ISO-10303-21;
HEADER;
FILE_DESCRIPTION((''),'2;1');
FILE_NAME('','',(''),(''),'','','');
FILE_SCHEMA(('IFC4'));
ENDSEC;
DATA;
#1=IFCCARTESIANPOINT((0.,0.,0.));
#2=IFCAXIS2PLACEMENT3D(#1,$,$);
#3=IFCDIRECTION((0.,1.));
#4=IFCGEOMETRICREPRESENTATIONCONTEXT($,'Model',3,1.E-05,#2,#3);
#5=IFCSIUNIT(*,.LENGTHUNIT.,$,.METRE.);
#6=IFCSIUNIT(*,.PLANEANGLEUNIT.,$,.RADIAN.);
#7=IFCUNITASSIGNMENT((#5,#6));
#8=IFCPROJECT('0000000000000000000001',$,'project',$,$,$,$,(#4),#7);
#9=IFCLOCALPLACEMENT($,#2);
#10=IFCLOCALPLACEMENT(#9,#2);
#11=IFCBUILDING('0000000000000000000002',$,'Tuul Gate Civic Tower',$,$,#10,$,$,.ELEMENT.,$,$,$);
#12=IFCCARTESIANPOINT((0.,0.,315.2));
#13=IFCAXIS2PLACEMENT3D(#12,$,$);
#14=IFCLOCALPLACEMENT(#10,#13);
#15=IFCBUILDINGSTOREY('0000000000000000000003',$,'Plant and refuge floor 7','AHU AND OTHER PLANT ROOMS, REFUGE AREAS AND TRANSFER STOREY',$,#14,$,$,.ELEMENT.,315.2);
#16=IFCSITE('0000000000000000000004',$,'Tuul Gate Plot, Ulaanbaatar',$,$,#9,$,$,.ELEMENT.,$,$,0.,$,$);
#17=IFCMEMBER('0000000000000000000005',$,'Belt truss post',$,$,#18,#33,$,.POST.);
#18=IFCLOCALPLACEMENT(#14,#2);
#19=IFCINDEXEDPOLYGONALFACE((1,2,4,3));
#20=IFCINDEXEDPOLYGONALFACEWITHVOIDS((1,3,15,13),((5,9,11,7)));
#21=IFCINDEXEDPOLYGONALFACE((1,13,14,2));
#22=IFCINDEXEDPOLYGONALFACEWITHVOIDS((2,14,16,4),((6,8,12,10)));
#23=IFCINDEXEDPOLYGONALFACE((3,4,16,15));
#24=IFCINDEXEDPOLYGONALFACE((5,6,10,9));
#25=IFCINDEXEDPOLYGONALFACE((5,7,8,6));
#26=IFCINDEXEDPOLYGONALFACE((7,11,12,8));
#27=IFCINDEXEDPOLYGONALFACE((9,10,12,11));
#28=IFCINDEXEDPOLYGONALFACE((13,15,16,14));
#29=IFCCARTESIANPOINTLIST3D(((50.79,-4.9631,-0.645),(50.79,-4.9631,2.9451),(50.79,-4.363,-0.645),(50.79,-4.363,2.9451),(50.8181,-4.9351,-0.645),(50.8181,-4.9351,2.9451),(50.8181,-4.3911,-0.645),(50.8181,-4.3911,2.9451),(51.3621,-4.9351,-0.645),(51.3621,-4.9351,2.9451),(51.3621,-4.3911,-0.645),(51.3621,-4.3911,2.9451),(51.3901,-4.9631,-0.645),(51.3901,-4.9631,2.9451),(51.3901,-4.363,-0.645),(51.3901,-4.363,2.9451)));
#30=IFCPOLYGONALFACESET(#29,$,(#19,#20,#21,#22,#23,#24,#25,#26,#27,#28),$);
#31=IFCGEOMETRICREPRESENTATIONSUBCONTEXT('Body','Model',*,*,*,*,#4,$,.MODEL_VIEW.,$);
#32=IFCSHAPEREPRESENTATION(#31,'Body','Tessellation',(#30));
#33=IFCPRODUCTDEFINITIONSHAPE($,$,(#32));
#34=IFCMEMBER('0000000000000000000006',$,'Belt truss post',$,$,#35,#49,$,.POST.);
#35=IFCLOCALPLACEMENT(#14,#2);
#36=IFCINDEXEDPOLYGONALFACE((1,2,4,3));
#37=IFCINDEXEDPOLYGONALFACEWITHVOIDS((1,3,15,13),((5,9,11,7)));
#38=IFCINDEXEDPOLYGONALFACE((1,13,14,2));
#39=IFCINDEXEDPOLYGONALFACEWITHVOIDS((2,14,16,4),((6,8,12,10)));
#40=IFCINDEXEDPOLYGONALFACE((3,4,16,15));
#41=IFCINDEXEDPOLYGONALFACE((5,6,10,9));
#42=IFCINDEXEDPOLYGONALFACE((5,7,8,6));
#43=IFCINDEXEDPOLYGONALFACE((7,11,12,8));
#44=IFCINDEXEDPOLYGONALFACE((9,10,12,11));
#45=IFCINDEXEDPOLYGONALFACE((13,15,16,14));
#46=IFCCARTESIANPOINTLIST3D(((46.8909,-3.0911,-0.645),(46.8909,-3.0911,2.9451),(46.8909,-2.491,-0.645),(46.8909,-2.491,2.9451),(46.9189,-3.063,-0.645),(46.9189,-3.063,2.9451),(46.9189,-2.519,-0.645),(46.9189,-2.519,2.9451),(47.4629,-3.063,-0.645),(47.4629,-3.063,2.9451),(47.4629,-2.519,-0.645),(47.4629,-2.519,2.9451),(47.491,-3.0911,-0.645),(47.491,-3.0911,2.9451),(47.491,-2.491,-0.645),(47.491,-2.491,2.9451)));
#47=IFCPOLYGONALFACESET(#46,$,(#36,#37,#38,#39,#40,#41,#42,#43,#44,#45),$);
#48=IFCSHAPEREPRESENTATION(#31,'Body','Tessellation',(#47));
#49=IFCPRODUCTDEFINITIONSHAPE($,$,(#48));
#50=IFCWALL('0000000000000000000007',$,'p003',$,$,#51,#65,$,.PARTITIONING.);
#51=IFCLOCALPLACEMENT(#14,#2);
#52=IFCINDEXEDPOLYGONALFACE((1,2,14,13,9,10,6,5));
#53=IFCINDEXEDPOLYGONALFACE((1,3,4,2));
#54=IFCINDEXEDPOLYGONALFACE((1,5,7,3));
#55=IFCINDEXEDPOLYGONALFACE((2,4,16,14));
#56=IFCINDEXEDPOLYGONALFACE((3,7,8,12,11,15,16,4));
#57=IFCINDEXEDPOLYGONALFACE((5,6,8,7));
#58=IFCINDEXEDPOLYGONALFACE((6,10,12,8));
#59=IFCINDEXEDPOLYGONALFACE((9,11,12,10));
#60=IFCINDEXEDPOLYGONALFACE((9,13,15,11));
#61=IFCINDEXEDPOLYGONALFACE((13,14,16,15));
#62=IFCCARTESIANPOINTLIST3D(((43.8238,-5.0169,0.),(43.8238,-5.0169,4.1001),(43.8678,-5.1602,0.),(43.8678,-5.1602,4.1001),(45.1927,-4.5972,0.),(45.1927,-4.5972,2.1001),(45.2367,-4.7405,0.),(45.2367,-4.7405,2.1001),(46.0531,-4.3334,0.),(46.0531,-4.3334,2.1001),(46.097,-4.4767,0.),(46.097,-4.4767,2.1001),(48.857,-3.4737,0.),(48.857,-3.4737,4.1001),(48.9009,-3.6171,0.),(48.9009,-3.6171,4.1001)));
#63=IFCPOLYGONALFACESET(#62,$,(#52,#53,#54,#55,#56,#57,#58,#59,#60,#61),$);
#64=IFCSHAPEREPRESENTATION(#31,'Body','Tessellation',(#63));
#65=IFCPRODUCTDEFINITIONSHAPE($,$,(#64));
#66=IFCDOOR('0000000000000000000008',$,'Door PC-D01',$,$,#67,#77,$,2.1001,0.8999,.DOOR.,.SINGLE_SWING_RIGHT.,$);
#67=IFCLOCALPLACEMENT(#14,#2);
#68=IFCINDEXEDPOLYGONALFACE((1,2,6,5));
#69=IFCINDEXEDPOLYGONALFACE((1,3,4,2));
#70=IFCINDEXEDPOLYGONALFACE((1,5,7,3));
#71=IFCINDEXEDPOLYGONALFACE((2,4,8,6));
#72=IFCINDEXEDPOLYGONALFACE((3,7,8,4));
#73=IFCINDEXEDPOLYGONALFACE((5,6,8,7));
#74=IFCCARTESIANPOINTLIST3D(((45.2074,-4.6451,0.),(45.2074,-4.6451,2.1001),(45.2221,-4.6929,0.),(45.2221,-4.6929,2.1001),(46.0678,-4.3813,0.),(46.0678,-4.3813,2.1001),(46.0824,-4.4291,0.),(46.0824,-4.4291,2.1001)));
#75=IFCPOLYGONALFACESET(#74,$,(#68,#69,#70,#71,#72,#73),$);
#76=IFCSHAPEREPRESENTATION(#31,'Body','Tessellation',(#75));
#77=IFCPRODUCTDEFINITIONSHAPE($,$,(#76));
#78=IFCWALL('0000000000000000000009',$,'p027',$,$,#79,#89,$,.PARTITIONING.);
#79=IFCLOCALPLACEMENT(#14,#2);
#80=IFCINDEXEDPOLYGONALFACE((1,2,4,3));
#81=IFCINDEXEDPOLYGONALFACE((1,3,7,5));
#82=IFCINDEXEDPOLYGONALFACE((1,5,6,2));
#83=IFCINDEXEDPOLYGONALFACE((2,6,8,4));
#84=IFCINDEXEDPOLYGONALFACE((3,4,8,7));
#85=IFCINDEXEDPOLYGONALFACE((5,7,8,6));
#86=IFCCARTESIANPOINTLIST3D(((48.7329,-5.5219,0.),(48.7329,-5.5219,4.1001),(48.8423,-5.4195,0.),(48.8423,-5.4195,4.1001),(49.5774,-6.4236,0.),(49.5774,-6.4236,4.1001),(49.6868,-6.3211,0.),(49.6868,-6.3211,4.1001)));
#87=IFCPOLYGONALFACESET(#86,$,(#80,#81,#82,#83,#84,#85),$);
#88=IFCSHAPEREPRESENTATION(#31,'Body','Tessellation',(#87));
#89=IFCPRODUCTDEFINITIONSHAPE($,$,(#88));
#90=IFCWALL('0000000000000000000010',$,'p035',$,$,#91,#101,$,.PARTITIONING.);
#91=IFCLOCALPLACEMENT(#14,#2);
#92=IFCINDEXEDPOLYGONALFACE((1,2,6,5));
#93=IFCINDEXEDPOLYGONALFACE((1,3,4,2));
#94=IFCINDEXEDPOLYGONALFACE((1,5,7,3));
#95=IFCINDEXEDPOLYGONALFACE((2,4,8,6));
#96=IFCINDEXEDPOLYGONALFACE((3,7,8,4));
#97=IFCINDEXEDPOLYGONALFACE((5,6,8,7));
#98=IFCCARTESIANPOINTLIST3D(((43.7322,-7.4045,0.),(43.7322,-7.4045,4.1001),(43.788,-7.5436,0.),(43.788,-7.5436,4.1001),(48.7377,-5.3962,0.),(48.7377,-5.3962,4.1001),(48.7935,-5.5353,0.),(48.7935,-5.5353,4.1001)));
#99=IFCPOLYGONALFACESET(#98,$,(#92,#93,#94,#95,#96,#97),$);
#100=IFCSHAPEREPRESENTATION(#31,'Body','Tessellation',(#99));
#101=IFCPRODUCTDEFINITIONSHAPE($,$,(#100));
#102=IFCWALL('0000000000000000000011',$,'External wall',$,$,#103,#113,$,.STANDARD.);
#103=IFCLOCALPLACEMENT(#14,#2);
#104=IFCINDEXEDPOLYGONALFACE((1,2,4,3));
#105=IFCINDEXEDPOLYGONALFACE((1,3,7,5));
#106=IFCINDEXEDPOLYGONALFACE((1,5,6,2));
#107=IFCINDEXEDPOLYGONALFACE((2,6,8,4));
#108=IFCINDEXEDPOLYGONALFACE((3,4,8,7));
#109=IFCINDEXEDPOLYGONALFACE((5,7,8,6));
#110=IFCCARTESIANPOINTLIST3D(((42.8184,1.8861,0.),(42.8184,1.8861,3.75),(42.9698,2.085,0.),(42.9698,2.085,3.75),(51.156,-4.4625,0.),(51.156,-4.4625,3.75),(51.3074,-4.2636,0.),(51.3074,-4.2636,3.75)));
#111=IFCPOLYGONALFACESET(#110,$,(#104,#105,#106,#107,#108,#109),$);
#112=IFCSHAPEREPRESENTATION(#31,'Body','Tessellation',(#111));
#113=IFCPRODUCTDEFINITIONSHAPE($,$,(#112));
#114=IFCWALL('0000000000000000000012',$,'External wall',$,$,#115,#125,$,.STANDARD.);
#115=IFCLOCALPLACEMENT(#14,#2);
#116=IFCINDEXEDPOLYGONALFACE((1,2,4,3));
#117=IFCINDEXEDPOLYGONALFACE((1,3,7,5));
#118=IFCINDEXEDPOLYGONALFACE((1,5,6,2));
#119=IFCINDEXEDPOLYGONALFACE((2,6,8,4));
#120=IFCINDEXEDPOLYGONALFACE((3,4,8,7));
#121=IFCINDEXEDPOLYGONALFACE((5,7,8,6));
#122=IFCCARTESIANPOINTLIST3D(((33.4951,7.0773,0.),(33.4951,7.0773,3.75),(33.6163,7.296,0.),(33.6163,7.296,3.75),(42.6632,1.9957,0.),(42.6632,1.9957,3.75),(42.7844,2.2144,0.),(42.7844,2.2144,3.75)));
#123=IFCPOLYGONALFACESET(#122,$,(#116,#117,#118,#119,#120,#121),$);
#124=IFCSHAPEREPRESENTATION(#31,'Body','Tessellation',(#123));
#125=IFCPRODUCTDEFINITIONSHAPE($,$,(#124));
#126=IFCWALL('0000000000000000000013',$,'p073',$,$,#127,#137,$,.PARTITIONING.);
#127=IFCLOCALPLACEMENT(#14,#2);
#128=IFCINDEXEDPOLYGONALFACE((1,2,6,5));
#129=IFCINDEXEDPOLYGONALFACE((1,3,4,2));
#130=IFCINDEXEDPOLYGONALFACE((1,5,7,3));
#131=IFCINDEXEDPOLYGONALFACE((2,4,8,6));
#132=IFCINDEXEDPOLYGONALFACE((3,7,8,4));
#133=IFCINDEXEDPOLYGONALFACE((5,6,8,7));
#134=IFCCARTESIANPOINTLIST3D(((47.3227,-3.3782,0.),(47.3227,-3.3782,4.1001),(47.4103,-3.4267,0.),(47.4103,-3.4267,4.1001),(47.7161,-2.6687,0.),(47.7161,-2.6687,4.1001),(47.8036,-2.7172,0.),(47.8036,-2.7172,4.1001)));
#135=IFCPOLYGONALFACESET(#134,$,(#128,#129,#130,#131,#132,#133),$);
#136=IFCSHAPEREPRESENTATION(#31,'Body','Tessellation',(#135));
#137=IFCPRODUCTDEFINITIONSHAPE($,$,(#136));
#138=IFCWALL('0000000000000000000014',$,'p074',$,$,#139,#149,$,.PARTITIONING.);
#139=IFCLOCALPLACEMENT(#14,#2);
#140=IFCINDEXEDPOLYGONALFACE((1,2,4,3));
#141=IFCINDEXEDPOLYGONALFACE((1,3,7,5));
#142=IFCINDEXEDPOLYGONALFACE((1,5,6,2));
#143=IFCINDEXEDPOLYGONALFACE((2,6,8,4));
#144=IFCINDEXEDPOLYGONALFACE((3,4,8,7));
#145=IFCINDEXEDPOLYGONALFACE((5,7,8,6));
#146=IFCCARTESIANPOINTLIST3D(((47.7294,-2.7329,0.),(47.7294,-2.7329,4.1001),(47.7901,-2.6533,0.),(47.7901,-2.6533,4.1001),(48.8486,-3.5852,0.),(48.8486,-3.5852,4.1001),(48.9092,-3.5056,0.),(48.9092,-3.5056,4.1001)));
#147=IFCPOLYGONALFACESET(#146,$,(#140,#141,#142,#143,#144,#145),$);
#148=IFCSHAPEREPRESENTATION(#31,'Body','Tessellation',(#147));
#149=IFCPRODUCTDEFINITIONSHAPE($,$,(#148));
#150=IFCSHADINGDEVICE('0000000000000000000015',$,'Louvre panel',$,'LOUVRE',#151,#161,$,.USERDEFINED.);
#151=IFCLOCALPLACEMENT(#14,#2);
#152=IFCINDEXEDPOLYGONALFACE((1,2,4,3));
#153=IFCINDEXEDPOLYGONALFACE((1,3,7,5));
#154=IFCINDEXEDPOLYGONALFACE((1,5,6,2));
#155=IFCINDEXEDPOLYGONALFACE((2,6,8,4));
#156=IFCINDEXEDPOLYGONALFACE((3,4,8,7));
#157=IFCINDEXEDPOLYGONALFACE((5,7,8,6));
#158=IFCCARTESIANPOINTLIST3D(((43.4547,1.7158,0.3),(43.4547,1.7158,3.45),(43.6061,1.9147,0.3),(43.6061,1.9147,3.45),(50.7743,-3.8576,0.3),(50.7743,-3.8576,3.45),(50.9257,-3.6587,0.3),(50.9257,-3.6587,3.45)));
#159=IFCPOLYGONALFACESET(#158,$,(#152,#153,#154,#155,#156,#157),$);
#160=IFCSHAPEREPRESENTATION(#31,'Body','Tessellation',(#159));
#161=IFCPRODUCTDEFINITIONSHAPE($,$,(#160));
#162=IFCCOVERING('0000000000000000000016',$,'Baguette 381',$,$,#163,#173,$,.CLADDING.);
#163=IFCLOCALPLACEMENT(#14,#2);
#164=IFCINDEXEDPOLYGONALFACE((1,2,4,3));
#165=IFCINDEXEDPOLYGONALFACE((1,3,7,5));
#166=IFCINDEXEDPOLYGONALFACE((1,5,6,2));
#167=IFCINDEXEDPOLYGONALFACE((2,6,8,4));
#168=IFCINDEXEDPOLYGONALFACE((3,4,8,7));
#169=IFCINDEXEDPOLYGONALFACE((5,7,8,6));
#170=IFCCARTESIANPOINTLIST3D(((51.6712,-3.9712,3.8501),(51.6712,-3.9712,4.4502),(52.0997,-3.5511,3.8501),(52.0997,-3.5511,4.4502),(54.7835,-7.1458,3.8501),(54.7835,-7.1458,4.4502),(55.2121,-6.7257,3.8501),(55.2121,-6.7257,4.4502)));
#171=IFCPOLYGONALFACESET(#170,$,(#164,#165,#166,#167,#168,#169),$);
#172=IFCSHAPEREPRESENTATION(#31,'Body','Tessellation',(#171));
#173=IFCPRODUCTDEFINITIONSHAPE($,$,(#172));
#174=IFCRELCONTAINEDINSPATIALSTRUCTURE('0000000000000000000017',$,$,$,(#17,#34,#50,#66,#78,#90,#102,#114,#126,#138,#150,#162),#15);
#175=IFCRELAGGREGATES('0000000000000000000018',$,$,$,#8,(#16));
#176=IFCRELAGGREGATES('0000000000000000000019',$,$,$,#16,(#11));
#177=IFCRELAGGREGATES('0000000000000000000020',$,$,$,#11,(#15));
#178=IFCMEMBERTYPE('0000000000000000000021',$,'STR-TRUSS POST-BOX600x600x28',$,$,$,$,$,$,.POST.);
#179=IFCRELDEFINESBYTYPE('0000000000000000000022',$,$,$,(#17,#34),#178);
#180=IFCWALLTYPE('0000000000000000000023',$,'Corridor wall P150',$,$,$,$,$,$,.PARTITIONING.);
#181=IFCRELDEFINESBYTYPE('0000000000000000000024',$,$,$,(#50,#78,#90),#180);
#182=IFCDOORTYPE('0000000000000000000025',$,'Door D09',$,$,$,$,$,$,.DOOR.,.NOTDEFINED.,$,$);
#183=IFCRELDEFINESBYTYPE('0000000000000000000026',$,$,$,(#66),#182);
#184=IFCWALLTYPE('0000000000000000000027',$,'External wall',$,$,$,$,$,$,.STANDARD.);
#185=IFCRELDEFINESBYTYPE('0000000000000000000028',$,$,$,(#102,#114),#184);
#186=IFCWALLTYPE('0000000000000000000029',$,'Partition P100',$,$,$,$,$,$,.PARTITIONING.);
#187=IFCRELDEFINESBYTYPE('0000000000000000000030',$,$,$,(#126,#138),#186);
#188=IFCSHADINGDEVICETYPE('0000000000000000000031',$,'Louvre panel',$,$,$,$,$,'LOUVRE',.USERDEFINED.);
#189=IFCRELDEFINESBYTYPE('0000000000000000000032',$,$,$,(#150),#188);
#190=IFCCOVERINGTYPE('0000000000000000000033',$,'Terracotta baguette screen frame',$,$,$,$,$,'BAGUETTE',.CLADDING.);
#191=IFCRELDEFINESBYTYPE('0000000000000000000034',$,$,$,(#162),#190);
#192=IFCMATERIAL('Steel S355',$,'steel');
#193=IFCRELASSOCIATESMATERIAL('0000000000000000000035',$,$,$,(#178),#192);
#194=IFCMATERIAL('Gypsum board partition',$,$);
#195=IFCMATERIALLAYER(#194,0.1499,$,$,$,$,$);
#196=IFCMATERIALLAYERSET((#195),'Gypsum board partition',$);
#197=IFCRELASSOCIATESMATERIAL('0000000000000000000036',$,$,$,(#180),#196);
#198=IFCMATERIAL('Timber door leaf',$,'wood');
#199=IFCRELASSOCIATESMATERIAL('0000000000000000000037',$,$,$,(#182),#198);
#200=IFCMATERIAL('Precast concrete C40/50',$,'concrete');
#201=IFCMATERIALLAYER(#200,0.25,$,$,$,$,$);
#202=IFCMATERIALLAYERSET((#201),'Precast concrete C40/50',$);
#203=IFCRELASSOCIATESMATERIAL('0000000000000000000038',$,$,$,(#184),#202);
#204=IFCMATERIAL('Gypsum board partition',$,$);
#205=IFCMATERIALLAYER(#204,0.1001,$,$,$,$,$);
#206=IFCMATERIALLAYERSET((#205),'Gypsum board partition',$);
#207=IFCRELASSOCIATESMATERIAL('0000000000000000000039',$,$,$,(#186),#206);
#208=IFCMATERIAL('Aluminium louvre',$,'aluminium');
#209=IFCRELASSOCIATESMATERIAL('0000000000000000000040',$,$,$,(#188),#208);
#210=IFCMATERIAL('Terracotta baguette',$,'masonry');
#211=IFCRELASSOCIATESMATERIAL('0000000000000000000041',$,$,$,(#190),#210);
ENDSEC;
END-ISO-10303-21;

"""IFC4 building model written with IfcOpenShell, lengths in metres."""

from ifc_helpers import new_model, si_unit, direction, frame, frame_2d, origin, origin_2d, place, context, subcontext, project, spatial, rectangle, hollow_rectangle, extrude, material, layer, layer_set, material_profile, profile_set, type_object, element, fill, save


model = new_model("IFC4")

# Units and contexts
model_context = context("Model", 3, precision=1e-05, world=origin(), true_north=direction((0.0, 1.0)))
body_context = subcontext(model_context, "Body", "Model", "MODEL_VIEW")
ifc_project = project(units=[si_unit("LENGTHUNIT", "METRE"), si_unit("PLANEANGLEUNIT", "RADIAN")], contexts=[model_context])

# Site, building, storey
site_placement = place(None, origin())
site = spatial("IfcSite", under=ifc_project, at=site_placement, Name="Tuul Gate Plot, Ulaanbaatar", CompositionType="ELEMENT", RefElevation=0.0)
building_placement = place(site_placement, origin())
building = spatial("IfcBuilding", under=site, at=building_placement, Name="Tuul Gate Civic Tower", CompositionType="ELEMENT")
storey_placement = place(building_placement, frame((0.0, 0.0, 315.2)))
storey = spatial("IfcBuildingStorey", under=building, at=storey_placement, Name="Plant and refuge floor 7", Description="AHU AND OTHER PLANT ROOMS, REFUGE AREAS AND TRANSFER STOREY", CompositionType="ELEMENT", Elevation=315.2)

# Members
ifc_material_1 = material(Name="Steel S355", Category="steel")
ifc_material_profile_1 = material_profile(ifc_material_1, hollow_rectangle(XDim=0.6001, YDim=0.6001, WallThickness=0.0281, at=origin_2d()), Name="BOX600x600x28")
ifc_profile_set_1 = profile_set([ifc_material_profile_1], Name="Steel S355")
member_type_1 = type_object("IfcMemberType", Name="STR-TRUSS POST-BOX600x600x28", PredefinedType="POST", material=ifc_profile_set_1)
for number, where, z_axis, x_axis, name in (
    (1, (51.0901, -4.6631, -0.645), (0.0, 0.0, 1.0), (1.0, 0.0, 0.0), "Belt truss post"),
    (2, (47.1909, -2.791, -0.645), (0.0, 0.0, 1.0), (1.0, 0.0, 0.0), "Belt truss post"),
):
    element("IfcMember", number, at=place(storey_placement, frame(where, z_axis=z_axis, x_axis=x_axis)), inside=storey, type_object=member_type_1, Name=name, PredefinedType="POST", context=body_context, shape_type="SweptSolid", body=[
        extrude(hollow_rectangle(XDim=0.6001, YDim=0.6001, WallThickness=0.0281, at=origin_2d()), origin(), (0.0, 0.0, 1.0), 3.5901),
    ])

# Wall, opening, door
ifc_material_2 = material(Name="Gypsum board partition")
ifc_layer_1 = layer(ifc_material_2, 0.1499)
ifc_layer_set_1 = layer_set([ifc_layer_1], Name="Gypsum board partition")
wall_type_1 = type_object("IfcWallType", Name="Corridor wall P150", PredefinedType="PARTITIONING", material=ifc_layer_set_1)
wall_1_placement = place(storey_placement, frame((43.8457, -5.0886, 0.0), z_axis=(0.0, 0.0, 1.0), x_axis=(0.95607, 0.293137, 0.0)))
wall_1 = element("IfcWall", 3, at=wall_1_placement, inside=storey, type_object=wall_type_1, Name="p003", PredefinedType="PARTITIONING", context=body_context, shape_type="SweptSolid", body=[
    extrude(rectangle(XDim=5.2644, YDim=0.1499, at=frame_2d((2.6323, 0.0))), origin(), (0.0, 0.0, 1.0), 4.1001),
])
opening_placement = place(wall_1_placement, frame((1.4319, 0.0, 0.0)))
opening = element("IfcOpeningElement", 4, at=opening_placement, cuts=wall_1, PredefinedType="OPENING", context=body_context, shape_type="SweptSolid", body=[
    extrude(rectangle(XDim=0.8999, YDim=2.1001, at=frame_2d((0.45, 1.05))), frame((0.0, 0.085, 0.0), z_axis=(0.0, -1.0, 0.0), x_axis=(1.0, 0.0, 0.0)), (0.0, 0.0, 1.0), 0.1699),
])
ifc_material_3 = material(Name="Timber door leaf", Category="wood")
door_type = type_object("IfcDoorType", Name="Door D09", OperationType="NOTDEFINED", PredefinedType="DOOR", material=ifc_material_3)
door_placement = place(opening_placement, origin())
door = element("IfcDoor", 5, at=door_placement, inside=storey, type_object=door_type, Name="Door PC-D01", OperationType="SINGLE_SWING_RIGHT", OverallHeight=2.1001, OverallWidth=0.8999, PredefinedType="DOOR", context=body_context, shape_type="SweptSolid", body=[
    extrude(rectangle(XDim=0.8999, YDim=2.1001, at=frame_2d((0.45, 1.05))), frame((0.0, 0.0249, 0.0), z_axis=(0.0, -1.0, 0.0), x_axis=(1.0, 0.0, 0.0)), (0.0, 0.0, 1.0), 0.05),
])
fill(opening, door)

# Walls
wall_2_placement = place(storey_placement, frame((48.7876, -5.4707, 0.0), z_axis=(0.0, 0.0, 1.0), x_axis=(0.683606, -0.729851, 0.0)))
element("IfcWall", 6, at=wall_2_placement, inside=storey, type_object=wall_type_1, Name="p027", PredefinedType="PARTITIONING", context=body_context, shape_type="SweptSolid", body=[
    extrude(rectangle(XDim=1.2354, YDim=0.1499, at=frame_2d((0.6177, 0.0))), origin(), (0.0, 0.0, 1.0), 4.1001),
])
wall_3_placement = place(storey_placement, frame((43.76, -7.4741, 0.0), z_axis=(0.0, 0.0, 1.0), x_axis=(0.928083, 0.372374, 0.0)))
element("IfcWall", 7, at=wall_3_placement, inside=storey, type_object=wall_type_1, Name="p035", PredefinedType="PARTITIONING", context=body_context, shape_type="SweptSolid", body=[
    extrude(rectangle(XDim=5.3933, YDim=0.1499, at=frame_2d((2.6968, 0.0))), origin(), (0.0, 0.0, 1.0), 4.1001),
])
ifc_material_4 = material(Name="Precast concrete C40/50", Category="concrete")
ifc_layer_2 = layer(ifc_material_4, 0.25)
ifc_layer_set_2 = layer_set([ifc_layer_2], Name="Precast concrete C40/50")
wall_type_2 = type_object("IfcWallType", Name="External wall", PredefinedType="STANDARD", material=ifc_layer_set_2)
wall_4_placement = place(storey_placement, frame((51.2317, -4.363, 0.0), z_axis=(0.0, 0.0, 1.0), x_axis=(-0.795609, 0.60581, 0.0)))
element("IfcWall", 8, at=wall_4_placement, inside=storey, type_object=wall_type_2, Name="External wall", PredefinedType="STANDARD", context=body_context, shape_type="SweptSolid", body=[
    extrude(rectangle(XDim=10.4795, YDim=0.25, at=frame_2d((5.2397, 0.0))), origin(), (0.0, 0.0, 1.0), 3.75),
])
wall_5_placement = place(storey_placement, frame((42.7239, 2.105, 0.0), z_axis=(0.0, 0.0, 1.0), x_axis=(-0.874634, 0.484784, 0.0)))
element("IfcWall", 9, at=wall_5_placement, inside=storey, type_object=wall_type_2, Name="External wall", PredefinedType="STANDARD", context=body_context, shape_type="SweptSolid", body=[
    extrude(rectangle(XDim=10.4822, YDim=0.25, at=frame_2d((5.2412, 0.0))), origin(), (0.0, 0.0, 1.0), 3.75),
])
ifc_material_5 = material(Name="Gypsum board partition")
ifc_layer_3 = layer(ifc_material_5, 0.1001)
ifc_layer_set_3 = layer_set([ifc_layer_3], Name="Gypsum board partition")
wall_type_3 = type_object("IfcWallType", Name="Partition P100", PredefinedType="PARTITIONING", material=ifc_layer_set_3)
wall_6_placement = place(storey_placement, frame((47.3665, -3.4026, 0.0), z_axis=(0.0, 0.0, 1.0), x_axis=(0.484851, 0.874597, 0.0)))
element("IfcWall", 10, at=wall_6_placement, inside=storey, type_object=wall_type_3, Name="p073", PredefinedType="PARTITIONING", context=body_context, shape_type="SweptSolid", body=[
    extrude(rectangle(XDim=0.8113, YDim=0.1001, at=frame_2d((0.4058, 0.0))), origin(), (0.0, 0.0, 1.0), 4.1001),
])
wall_7_placement = place(storey_placement, frame((47.7598, -2.6931, 0.0), z_axis=(0.0, 0.0, 1.0), x_axis=(0.795563, -0.605871, 0.0)))
element("IfcWall", 11, at=wall_7_placement, inside=storey, type_object=wall_type_3, Name="p074", PredefinedType="PARTITIONING", context=body_context, shape_type="SweptSolid", body=[
    extrude(rectangle(XDim=1.4067, YDim=0.1001, at=frame_2d((0.7034, 0.0))), origin(), (0.0, 0.0, 1.0), 4.1001),
])

# Shading device
ifc_material_6 = material(Name="Aluminium louvre", Category="aluminium")
shading_device_type = type_object("IfcShadingDeviceType", Name="Louvre panel", ElementType="LOUVRE", PredefinedType="USERDEFINED", material=ifc_material_6)
shading_device_placement = place(storey_placement, frame((47.1902, -0.9714, 0.3), z_axis=(0.0, 0.0, 1.0), x_axis=(0.605808, 0.795611, 0.0)))
element("IfcShadingDevice", 12, at=shading_device_placement, inside=storey, type_object=shading_device_type, Name="Louvre panel", ObjectType="LOUVRE", PredefinedType="USERDEFINED", context=body_context, shape_type="SweptSolid", body=[
    extrude(rectangle(XDim=0.25, YDim=9.2, at=origin_2d()), origin(), (0.0, 0.0, 1.0), 3.1499),
])

# Covering
ifc_material_7 = material(Name="Terracotta baguette", Category="masonry")
ifc_material_profile_2 = material_profile(ifc_material_7, rectangle(XDim=0.6001, YDim=0.6001, at=origin_2d()), Name="Terracotta baguette screen frame")
ifc_profile_set_2 = profile_set([ifc_material_profile_2], Name="Terracotta baguette")
covering_type = type_object("IfcCoveringType", Name="Terracotta baguette screen frame", ElementType="BAGUETTE", PredefinedType="CLADDING", material=ifc_profile_set_2)
covering_1_placement = place(storey_placement, frame((54.9978, -6.9358, 4.1501), z_axis=(-0.70007, 0.714074, 0.0), x_axis=(-0.714074, -0.70007, 0.0)))
element("IfcCovering", 13, at=covering_1_placement, inside=storey, type_object=covering_type, Name="Baguette 381", PredefinedType="CLADDING", context=body_context, shape_type="SweptSolid", body=[
    extrude(rectangle(XDim=0.6001, YDim=0.6001, at=origin_2d()), origin(), (0.0, 0.0, 1.0), 4.4458),
])

save(model, "model.ifc")
